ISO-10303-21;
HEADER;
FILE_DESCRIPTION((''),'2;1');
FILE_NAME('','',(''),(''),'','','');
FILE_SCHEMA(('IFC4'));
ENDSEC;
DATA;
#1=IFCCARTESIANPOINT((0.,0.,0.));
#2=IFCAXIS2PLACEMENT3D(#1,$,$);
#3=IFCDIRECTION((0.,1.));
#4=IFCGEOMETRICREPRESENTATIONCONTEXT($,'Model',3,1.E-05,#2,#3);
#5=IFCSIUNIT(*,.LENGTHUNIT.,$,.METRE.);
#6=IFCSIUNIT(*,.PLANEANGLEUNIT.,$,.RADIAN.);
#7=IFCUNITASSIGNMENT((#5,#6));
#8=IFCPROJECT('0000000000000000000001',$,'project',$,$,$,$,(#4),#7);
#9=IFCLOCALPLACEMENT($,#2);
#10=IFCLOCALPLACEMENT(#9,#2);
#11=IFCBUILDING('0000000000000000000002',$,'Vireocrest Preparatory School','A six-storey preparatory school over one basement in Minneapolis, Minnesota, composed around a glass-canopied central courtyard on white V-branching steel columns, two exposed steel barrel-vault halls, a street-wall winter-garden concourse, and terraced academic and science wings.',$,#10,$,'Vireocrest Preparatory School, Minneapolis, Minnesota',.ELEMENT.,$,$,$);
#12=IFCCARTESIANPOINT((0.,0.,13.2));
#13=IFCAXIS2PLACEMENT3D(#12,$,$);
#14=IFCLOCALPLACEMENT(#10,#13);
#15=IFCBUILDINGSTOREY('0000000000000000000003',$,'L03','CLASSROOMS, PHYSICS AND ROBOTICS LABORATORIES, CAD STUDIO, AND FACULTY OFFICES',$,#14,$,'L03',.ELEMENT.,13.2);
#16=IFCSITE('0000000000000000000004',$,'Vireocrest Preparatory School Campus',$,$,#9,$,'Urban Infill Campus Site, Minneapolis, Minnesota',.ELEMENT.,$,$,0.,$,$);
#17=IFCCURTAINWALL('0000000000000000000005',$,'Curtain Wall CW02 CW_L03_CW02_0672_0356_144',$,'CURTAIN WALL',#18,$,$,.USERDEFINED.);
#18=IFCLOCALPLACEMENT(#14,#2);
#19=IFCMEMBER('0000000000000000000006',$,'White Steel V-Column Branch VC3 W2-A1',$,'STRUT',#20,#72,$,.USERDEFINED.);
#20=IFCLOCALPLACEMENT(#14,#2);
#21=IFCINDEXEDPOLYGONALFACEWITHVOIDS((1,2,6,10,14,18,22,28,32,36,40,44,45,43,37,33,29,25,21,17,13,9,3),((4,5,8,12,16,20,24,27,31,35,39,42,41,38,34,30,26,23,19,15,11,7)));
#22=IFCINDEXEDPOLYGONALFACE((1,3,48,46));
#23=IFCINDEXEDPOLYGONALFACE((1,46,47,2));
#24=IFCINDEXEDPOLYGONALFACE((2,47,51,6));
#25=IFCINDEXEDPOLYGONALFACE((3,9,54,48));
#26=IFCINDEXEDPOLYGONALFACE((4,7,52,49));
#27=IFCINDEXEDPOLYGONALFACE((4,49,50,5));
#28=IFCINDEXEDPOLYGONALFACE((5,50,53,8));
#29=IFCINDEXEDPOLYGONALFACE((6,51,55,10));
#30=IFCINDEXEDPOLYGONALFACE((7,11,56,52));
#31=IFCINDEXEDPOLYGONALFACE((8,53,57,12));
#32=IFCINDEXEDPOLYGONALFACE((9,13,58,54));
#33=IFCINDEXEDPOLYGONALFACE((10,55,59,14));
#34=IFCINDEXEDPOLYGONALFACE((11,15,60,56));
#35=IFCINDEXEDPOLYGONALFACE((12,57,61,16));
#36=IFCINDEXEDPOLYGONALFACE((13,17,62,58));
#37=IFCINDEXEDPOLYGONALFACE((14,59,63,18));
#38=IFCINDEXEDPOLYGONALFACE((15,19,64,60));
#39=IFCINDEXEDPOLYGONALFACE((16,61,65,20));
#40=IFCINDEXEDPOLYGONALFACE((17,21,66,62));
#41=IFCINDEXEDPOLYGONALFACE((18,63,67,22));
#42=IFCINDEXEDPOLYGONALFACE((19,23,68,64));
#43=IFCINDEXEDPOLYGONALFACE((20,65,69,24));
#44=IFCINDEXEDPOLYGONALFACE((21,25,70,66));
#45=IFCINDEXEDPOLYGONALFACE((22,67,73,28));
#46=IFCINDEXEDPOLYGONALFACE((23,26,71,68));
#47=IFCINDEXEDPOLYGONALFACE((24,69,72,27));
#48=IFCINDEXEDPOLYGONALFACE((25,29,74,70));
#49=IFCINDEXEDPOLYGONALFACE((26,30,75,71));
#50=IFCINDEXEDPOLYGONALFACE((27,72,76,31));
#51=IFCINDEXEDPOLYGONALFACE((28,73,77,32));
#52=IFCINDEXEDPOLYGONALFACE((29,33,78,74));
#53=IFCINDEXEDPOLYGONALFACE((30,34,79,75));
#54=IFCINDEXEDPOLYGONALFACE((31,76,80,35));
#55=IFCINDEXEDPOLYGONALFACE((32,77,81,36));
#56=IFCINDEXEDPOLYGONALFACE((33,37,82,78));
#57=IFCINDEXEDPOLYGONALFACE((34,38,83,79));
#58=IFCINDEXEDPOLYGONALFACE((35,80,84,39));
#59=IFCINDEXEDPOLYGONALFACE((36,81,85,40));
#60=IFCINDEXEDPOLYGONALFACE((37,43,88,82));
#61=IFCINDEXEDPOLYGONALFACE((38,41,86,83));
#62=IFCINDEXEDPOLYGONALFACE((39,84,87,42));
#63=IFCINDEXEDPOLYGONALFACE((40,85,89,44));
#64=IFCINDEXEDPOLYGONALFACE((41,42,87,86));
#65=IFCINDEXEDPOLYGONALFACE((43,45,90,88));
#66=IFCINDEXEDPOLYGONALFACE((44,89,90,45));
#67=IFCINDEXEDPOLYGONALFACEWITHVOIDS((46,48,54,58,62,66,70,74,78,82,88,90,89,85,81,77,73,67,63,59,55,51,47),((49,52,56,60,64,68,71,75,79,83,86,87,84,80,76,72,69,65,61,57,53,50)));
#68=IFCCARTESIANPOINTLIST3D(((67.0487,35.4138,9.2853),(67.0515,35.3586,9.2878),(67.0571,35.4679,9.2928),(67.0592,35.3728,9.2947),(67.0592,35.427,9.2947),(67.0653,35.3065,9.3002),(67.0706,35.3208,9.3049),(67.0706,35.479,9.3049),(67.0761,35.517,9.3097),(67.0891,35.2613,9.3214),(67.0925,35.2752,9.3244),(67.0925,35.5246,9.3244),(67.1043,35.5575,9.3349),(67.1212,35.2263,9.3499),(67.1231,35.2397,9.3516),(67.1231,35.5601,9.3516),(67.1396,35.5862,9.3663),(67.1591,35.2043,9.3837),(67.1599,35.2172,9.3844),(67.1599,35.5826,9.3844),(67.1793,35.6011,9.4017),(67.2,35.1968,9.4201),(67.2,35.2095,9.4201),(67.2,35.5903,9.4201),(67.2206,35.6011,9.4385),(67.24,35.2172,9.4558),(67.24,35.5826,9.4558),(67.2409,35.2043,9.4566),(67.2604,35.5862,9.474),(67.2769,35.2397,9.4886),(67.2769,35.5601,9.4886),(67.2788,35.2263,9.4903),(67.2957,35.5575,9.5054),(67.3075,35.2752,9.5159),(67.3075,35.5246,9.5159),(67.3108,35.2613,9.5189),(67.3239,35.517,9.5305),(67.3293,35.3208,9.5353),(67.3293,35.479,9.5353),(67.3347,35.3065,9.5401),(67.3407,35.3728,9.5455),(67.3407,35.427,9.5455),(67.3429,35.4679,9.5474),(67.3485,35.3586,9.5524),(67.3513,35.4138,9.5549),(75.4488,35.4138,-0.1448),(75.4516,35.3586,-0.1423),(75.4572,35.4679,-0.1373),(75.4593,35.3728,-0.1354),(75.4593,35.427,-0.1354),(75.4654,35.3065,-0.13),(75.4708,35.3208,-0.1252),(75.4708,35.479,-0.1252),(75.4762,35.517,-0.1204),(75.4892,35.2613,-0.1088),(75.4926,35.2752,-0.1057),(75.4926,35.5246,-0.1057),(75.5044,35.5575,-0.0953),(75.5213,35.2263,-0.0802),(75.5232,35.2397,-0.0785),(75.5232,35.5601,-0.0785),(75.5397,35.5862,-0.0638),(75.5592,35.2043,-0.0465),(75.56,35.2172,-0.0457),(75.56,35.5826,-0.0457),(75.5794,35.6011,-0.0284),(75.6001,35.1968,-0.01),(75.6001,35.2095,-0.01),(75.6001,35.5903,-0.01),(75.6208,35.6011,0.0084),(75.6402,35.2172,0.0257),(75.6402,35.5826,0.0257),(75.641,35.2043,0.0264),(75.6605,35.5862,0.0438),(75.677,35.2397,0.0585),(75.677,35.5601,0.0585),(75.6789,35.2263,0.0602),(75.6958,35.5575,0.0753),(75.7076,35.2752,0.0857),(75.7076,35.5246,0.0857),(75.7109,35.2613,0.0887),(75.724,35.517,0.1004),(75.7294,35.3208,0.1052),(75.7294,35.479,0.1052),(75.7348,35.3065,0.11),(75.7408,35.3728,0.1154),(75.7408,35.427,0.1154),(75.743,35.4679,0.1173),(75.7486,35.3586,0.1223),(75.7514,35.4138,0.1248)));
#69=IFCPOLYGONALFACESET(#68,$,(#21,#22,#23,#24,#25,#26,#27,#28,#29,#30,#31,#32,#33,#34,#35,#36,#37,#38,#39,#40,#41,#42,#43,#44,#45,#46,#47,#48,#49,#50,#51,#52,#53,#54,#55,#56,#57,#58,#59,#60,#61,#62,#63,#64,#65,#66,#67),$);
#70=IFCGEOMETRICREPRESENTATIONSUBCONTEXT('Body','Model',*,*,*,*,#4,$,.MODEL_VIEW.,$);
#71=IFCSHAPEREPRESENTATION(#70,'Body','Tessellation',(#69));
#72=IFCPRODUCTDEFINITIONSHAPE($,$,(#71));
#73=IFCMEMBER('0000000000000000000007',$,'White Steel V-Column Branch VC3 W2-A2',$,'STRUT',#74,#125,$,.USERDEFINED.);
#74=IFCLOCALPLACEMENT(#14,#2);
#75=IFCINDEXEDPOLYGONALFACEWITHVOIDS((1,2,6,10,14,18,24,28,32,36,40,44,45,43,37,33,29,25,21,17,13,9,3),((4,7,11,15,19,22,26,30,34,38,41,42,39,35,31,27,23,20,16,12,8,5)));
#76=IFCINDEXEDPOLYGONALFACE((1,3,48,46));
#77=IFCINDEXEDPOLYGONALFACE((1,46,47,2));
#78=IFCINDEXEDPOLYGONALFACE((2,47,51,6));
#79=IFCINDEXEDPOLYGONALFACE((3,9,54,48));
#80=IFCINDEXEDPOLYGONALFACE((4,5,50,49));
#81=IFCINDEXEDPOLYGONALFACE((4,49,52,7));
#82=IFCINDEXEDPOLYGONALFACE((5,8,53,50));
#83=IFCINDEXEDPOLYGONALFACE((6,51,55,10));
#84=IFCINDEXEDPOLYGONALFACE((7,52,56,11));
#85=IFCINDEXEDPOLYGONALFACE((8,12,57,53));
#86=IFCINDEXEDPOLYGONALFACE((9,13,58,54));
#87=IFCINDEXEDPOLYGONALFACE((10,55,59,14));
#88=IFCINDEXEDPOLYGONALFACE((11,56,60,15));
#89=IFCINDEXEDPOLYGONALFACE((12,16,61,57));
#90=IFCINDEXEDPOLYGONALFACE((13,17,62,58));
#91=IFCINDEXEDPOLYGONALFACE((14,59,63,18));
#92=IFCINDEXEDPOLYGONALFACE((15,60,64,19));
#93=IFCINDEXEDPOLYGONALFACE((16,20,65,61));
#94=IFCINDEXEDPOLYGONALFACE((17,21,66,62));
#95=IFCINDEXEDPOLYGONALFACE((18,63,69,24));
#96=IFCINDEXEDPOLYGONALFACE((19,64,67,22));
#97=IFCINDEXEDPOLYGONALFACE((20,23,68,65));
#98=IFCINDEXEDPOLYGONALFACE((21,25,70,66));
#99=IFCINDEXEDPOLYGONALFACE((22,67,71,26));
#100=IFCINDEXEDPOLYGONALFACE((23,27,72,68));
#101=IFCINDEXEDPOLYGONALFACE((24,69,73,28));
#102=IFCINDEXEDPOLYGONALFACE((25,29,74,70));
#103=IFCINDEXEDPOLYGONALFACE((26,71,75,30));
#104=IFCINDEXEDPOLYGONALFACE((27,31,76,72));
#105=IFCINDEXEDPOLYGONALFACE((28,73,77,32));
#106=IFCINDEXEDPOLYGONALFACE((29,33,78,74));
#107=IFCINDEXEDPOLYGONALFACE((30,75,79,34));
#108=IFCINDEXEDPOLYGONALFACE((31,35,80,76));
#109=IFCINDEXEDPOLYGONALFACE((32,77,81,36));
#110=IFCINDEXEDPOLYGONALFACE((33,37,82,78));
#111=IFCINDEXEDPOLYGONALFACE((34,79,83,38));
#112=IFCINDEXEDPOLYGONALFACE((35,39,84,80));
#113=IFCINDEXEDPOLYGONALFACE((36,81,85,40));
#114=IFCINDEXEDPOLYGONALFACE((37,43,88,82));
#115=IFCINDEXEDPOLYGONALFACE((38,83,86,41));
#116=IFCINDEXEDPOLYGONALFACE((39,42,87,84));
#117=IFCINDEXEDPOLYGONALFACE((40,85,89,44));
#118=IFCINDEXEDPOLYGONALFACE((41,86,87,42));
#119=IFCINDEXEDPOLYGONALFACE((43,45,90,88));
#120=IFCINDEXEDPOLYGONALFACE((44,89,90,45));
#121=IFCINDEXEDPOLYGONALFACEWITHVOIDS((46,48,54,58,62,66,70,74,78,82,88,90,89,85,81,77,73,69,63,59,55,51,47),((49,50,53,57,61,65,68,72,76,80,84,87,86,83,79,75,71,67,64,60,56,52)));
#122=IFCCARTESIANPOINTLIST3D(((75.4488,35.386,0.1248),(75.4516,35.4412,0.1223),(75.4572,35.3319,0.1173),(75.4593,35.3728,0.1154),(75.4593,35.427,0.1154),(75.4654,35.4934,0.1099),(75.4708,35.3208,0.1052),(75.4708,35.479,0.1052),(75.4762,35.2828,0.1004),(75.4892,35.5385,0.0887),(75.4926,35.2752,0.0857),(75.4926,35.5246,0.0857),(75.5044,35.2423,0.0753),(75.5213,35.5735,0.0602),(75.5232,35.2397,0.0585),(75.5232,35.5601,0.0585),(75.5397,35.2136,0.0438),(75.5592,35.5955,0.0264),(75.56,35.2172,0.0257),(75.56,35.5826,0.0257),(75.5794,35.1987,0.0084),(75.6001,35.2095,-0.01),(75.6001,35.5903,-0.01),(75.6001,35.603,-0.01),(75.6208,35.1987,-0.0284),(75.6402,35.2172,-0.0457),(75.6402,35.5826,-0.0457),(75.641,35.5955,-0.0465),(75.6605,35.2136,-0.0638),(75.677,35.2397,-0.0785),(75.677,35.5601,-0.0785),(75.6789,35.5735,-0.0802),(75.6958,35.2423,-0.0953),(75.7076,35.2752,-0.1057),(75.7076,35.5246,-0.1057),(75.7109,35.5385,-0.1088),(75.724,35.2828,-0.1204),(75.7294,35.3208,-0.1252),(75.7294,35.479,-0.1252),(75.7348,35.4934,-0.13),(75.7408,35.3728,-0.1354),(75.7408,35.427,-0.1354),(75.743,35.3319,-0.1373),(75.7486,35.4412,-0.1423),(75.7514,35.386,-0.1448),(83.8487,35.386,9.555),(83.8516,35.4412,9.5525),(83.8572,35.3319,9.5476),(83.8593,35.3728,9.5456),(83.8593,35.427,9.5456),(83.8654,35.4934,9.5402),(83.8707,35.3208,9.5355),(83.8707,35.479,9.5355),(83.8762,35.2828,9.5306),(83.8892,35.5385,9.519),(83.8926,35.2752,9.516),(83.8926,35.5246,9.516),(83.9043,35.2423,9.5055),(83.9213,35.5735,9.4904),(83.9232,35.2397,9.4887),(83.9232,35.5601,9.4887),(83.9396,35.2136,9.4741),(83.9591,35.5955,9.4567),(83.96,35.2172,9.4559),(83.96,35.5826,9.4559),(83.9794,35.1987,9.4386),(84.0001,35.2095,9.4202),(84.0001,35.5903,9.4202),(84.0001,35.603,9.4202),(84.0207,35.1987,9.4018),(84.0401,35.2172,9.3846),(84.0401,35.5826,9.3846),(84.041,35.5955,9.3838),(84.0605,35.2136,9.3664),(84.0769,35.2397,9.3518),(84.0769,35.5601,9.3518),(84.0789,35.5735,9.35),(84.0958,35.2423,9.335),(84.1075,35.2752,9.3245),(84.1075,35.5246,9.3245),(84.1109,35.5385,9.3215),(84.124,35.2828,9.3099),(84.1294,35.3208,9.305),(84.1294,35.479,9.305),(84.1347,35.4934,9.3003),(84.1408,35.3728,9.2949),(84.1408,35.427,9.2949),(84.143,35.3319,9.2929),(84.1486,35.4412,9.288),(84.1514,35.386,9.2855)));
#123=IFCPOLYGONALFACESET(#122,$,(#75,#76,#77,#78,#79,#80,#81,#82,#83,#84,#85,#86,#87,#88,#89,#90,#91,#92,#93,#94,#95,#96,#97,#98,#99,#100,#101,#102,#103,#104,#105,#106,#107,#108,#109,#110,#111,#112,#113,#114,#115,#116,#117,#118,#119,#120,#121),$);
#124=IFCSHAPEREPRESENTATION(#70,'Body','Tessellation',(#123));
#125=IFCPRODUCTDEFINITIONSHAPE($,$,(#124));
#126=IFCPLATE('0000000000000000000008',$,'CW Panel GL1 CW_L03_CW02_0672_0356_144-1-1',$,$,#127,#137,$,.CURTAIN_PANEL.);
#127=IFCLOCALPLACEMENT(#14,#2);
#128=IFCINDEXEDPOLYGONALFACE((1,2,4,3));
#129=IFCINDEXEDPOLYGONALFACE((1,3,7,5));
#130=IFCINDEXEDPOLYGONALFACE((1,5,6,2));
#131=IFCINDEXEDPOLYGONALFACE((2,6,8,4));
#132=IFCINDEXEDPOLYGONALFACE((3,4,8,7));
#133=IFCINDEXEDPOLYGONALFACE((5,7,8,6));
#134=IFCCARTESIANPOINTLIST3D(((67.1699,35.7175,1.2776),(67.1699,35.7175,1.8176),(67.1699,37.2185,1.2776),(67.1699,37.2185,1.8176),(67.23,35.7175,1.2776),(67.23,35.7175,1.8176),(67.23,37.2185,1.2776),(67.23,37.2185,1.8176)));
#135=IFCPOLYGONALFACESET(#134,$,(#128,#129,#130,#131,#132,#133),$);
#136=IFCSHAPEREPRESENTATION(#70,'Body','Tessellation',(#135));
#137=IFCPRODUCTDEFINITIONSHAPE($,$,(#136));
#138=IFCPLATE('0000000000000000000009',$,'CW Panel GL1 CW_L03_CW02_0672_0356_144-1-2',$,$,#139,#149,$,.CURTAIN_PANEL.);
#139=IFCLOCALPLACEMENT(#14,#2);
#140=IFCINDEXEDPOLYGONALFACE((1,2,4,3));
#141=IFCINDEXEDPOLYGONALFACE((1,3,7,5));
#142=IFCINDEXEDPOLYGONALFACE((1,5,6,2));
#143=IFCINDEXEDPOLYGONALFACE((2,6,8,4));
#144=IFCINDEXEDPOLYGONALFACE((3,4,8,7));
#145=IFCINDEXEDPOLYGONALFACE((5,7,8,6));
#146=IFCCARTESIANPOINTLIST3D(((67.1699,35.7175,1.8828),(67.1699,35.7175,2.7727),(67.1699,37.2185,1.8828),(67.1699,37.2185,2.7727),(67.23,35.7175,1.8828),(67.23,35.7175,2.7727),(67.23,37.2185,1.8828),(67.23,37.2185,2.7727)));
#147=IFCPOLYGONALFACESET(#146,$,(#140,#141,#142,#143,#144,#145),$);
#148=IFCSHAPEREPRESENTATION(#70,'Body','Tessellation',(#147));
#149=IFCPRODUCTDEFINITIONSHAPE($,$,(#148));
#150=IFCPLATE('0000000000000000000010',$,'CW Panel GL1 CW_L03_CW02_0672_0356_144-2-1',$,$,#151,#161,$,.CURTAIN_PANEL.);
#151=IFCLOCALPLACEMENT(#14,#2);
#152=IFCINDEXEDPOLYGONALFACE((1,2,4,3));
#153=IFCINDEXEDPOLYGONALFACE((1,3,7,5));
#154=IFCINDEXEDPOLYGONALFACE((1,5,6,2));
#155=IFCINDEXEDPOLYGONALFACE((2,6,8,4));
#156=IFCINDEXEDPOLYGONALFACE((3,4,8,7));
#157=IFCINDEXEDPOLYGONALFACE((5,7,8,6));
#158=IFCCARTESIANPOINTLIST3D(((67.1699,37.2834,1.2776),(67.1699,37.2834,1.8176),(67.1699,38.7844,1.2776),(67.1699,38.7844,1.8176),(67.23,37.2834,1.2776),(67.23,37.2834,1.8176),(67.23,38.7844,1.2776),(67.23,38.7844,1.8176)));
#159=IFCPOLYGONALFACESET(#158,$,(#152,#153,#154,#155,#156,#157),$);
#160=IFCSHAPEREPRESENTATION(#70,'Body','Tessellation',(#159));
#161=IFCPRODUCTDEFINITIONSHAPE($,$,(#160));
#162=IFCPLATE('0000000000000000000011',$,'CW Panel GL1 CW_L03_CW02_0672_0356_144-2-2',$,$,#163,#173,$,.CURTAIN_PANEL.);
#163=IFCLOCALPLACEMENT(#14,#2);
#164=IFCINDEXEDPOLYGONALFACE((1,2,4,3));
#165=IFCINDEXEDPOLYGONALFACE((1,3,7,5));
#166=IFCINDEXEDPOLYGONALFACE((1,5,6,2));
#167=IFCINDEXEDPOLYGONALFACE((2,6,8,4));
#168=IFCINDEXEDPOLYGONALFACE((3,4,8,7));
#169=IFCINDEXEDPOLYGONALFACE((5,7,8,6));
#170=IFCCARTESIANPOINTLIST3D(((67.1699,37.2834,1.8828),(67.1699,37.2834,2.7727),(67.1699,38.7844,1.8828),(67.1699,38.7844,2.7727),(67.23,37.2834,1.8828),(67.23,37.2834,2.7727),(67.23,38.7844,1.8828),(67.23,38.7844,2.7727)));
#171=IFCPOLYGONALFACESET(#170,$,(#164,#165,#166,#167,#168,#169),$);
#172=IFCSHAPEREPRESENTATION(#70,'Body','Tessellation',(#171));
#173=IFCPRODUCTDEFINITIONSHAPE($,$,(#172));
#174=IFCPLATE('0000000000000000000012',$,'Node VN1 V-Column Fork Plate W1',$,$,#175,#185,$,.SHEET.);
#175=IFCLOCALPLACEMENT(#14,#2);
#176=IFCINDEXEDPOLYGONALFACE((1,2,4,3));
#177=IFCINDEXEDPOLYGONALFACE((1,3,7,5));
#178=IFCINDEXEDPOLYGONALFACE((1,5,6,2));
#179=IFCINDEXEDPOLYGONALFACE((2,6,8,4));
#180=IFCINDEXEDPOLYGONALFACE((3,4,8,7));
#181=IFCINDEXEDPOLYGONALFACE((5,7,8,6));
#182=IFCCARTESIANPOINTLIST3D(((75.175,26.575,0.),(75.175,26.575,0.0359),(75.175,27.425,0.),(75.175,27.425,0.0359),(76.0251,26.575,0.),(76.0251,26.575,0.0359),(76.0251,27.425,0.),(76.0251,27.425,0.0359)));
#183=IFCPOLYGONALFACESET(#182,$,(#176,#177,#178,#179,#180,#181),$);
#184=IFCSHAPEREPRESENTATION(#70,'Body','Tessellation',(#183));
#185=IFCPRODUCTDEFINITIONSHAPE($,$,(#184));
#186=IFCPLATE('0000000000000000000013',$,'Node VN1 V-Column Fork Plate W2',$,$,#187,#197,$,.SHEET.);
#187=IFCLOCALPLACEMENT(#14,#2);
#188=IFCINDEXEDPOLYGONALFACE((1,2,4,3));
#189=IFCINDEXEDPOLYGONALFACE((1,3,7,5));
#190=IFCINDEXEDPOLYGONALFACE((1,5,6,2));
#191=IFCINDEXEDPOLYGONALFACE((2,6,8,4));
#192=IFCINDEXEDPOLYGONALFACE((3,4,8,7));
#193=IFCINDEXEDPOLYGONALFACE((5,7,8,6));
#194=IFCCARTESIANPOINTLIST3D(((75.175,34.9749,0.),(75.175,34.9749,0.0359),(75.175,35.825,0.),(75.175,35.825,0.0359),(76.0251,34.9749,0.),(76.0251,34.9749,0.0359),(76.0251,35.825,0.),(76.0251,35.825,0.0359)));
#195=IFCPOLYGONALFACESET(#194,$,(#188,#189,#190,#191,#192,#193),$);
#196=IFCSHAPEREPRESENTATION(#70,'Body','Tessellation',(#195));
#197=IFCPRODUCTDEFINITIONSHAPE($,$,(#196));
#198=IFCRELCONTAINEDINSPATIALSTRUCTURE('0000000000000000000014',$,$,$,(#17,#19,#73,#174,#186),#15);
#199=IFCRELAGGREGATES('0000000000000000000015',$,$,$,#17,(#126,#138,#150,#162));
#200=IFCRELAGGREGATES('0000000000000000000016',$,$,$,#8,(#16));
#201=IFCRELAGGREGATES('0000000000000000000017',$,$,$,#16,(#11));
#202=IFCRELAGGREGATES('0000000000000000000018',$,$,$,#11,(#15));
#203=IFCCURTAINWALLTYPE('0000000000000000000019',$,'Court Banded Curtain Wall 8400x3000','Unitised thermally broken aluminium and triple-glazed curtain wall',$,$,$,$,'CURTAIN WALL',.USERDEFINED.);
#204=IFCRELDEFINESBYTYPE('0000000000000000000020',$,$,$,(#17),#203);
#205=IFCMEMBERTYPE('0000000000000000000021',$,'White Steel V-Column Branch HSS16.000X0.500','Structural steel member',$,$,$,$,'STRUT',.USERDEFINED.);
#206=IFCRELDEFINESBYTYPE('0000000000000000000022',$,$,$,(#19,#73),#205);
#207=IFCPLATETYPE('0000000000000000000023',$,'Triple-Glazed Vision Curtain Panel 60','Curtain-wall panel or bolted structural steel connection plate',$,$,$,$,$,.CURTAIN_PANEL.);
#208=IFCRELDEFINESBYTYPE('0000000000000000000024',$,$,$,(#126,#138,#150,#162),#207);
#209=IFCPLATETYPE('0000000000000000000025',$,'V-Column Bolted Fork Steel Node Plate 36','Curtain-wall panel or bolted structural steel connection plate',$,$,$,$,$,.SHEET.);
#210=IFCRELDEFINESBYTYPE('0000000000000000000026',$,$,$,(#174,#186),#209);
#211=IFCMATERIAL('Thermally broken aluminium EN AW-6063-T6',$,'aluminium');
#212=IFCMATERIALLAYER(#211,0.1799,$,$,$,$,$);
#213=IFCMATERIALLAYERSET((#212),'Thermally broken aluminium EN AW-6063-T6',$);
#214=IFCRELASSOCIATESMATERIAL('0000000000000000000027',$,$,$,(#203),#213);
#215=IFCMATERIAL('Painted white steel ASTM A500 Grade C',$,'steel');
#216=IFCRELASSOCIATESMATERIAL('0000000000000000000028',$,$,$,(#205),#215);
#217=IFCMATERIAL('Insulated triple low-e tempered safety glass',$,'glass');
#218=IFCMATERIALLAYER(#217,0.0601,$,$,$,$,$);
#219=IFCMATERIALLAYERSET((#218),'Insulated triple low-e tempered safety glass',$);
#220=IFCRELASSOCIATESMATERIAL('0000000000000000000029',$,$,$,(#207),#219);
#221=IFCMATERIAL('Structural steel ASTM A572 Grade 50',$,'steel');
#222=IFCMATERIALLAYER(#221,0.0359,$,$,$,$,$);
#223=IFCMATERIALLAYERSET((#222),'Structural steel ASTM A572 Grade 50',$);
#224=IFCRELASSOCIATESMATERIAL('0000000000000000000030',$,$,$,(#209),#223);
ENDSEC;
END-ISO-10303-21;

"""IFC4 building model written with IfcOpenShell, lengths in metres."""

from ifc_helpers import new_model, si_unit, direction, frame, origin, origin_2d, place, context, subcontext, project, spatial, rectangle, hollow_circle, extrude, material, layer, layer_set, material_profile, profile_set, type_object, element, aggregate, save


model = new_model("IFC4")

# Units and contexts
model_context = context("Model", 3, precision=1e-05, world=origin(), true_north=direction((0.0, 1.0)))
body_context = subcontext(model_context, "Body", "Model", "MODEL_VIEW")
ifc_project = project(units=[si_unit("LENGTHUNIT", "METRE"), si_unit("PLANEANGLEUNIT", "RADIAN")], contexts=[model_context])

# Site, building, storey
site_placement = place(None, origin())
site = spatial("IfcSite", under=ifc_project, at=site_placement, Name="Vireocrest Preparatory School Campus", LongName="Urban Infill Campus Site, Minneapolis, Minnesota", CompositionType="ELEMENT", RefElevation=0.0)
building_placement = place(site_placement, origin())
building = spatial("IfcBuilding", under=site, at=building_placement, Name="Vireocrest Preparatory School", Description="A six-storey preparatory school over one basement in Minneapolis, Minnesota, composed around a glass-canopied central courtyard on white V-branching steel columns, two exposed steel barrel-vault halls, a street-wall winter-garden concourse, and terraced academic and science wings.", LongName="Vireocrest Preparatory School, Minneapolis, Minnesota", CompositionType="ELEMENT")
storey_placement = place(building_placement, frame((0.0, 0.0, 13.2)))
storey = spatial("IfcBuildingStorey", under=building, at=storey_placement, Name="L03", Description="CLASSROOMS, PHYSICS AND ROBOTICS LABORATORIES, CAD STUDIO, AND FACULTY OFFICES", LongName="L03", CompositionType="ELEMENT", Elevation=13.2)

# Curtain wall
ifc_material_1 = material(Name="Thermally broken aluminium EN AW-6063-T6", Category="aluminium")
ifc_layer_1 = layer(ifc_material_1, 0.1799)
ifc_layer_set_1 = layer_set([ifc_layer_1], Name="Thermally broken aluminium EN AW-6063-T6")
curtain_wall_type = type_object("IfcCurtainWallType", Name="Court Banded Curtain Wall 8400x3000", Description="Unitised thermally broken aluminium and triple-glazed curtain wall", ElementType="CURTAIN WALL", PredefinedType="USERDEFINED", material=ifc_layer_set_1)
curtain_wall_placement = place(storey_placement, origin())
curtain_wall = element("IfcCurtainWall", 1, at=curtain_wall_placement, inside=storey, type_object=curtain_wall_type, Name="Curtain Wall CW02 CW_L03_CW02_0672_0356_144", ObjectType="CURTAIN WALL", PredefinedType="USERDEFINED")

# Members
ifc_material_2 = material(Name="Painted white steel ASTM A500 Grade C", Category="steel")
ifc_material_profile_1 = material_profile(ifc_material_2, hollow_circle(Radius=0.2031, WallThickness=0.0127, at=origin_2d()), Name="HSS16.000X0.500")
ifc_profile_set_1 = profile_set([ifc_material_profile_1], Name="Painted white steel ASTM A500 Grade C")
member_type_1 = type_object("IfcMemberType", Name="White Steel V-Column Branch HSS16.000X0.500", Description="Structural steel member", ElementType="STRUT", PredefinedType="USERDEFINED", material=ifc_profile_set_1)
for number, where, z_axis, x_axis, name in (
    (2, (75.6001, 35.3999, -0.01), (-0.665149, 0.0, 0.74671), (0.0, -1.0, 0.0), "White Steel V-Column Branch VC3 W2-A1"),
    (3, (75.6001, 35.3999, -0.01), (0.665139, 0.0, 0.74672), (0.0, 1.0, 0.0), "White Steel V-Column Branch VC3 W2-A2"),
):
    element("IfcMember", number, at=place(storey_placement, frame(where, z_axis=z_axis, x_axis=x_axis)), inside=storey, type_object=member_type_1, Name=name, ObjectType="STRUT", PredefinedType="USERDEFINED", context=body_context, shape_type="SweptSolid", body=[
        extrude(hollow_circle(Radius=0.2031, WallThickness=0.0127, at=origin_2d()), origin(), (0.0, 0.0, 1.0), 12.6289),
    ])

# Plates
ifc_material_3 = material(Name="Insulated triple low-e tempered safety glass", Category="glass")
ifc_layer_2 = layer(ifc_material_3, 0.0601)
ifc_layer_set_2 = layer_set([ifc_layer_2], Name="Insulated triple low-e tempered safety glass")
plate_type_1 = type_object("IfcPlateType", Name="Triple-Glazed Vision Curtain Panel 60", Description="Curtain-wall panel or bolted structural steel connection plate", PredefinedType="CURTAIN_PANEL", material=ifc_layer_set_2)
plate_1_placement = place(storey_placement, frame((67.2, 36.468, 1.2776), z_axis=(0.0, 0.0, 1.0), x_axis=(0.0, 1.0, 0.0)))
plate_1 = element("IfcPlate", 4, at=plate_1_placement, type_object=plate_type_1, Name="CW Panel GL1 CW_L03_CW02_0672_0356_144-1-1", PredefinedType="CURTAIN_PANEL", context=body_context, shape_type="SweptSolid", body=[
    extrude(rectangle(XDim=1.501, YDim=0.0601, at=origin_2d()), origin(), (0.0, 0.0, 1.0), 0.54),
])
plate_2_placement = place(storey_placement, frame((67.2, 36.468, 1.8828), z_axis=(0.0, 0.0, 1.0), x_axis=(0.0, 1.0, 0.0)))
plate_2 = element("IfcPlate", 5, at=plate_2_placement, type_object=plate_type_1, Name="CW Panel GL1 CW_L03_CW02_0672_0356_144-1-2", PredefinedType="CURTAIN_PANEL", context=body_context, shape_type="SweptSolid", body=[
    extrude(rectangle(XDim=1.501, YDim=0.0601, at=origin_2d()), origin(), (0.0, 0.0, 1.0), 0.8899),
])
plate_3_placement = place(storey_placement, frame((67.2, 38.0339, 1.2776), z_axis=(0.0, 0.0, 1.0), x_axis=(0.0, 1.0, 0.0)))
plate_3 = element("IfcPlate", 6, at=plate_3_placement, type_object=plate_type_1, Name="CW Panel GL1 CW_L03_CW02_0672_0356_144-2-1", PredefinedType="CURTAIN_PANEL", context=body_context, shape_type="SweptSolid", body=[
    extrude(rectangle(XDim=1.501, YDim=0.0601, at=origin_2d()), origin(), (0.0, 0.0, 1.0), 0.54),
])
plate_4_placement = place(storey_placement, frame((67.2, 38.0339, 1.8828), z_axis=(0.0, 0.0, 1.0), x_axis=(0.0, 1.0, 0.0)))
plate_4 = element("IfcPlate", 7, at=plate_4_placement, type_object=plate_type_1, Name="CW Panel GL1 CW_L03_CW02_0672_0356_144-2-2", PredefinedType="CURTAIN_PANEL", context=body_context, shape_type="SweptSolid", body=[
    extrude(rectangle(XDim=1.501, YDim=0.0601, at=origin_2d()), origin(), (0.0, 0.0, 1.0), 0.8899),
])
aggregate(curtain_wall, [plate_1, plate_2, plate_3, plate_4])

# Plates
ifc_material_4 = material(Name="Structural steel ASTM A572 Grade 50", Category="steel")
ifc_layer_3 = layer(ifc_material_4, 0.0359)
ifc_layer_set_3 = layer_set([ifc_layer_3], Name="Structural steel ASTM A572 Grade 50")
plate_type_2 = type_object("IfcPlateType", Name="V-Column Bolted Fork Steel Node Plate 36", Description="Curtain-wall panel or bolted structural steel connection plate", PredefinedType="SHEET", material=ifc_layer_set_3)
for number, where, z_axis, x_axis, name in (
    (8, (75.6001, 27.0, 0.0), (0.0, 0.0, 1.0), (1.0, 0.0, 0.0), "Node VN1 V-Column Fork Plate W1"),
    (9, (75.6001, 35.3999, 0.0), (0.0, 0.0, 1.0), (1.0, 0.0, 0.0), "Node VN1 V-Column Fork Plate W2"),
):
    element("IfcPlate", number, at=place(storey_placement, frame(where, z_axis=z_axis, x_axis=x_axis)), inside=storey, type_object=plate_type_2, Name=name, PredefinedType="SHEET", context=body_context, shape_type="SweptSolid", body=[
        extrude(rectangle(XDim=0.8501, YDim=0.8501, at=origin_2d()), origin(), (0.0, 0.0, 1.0), 0.0359),
    ])

save(model, "model.ifc")
